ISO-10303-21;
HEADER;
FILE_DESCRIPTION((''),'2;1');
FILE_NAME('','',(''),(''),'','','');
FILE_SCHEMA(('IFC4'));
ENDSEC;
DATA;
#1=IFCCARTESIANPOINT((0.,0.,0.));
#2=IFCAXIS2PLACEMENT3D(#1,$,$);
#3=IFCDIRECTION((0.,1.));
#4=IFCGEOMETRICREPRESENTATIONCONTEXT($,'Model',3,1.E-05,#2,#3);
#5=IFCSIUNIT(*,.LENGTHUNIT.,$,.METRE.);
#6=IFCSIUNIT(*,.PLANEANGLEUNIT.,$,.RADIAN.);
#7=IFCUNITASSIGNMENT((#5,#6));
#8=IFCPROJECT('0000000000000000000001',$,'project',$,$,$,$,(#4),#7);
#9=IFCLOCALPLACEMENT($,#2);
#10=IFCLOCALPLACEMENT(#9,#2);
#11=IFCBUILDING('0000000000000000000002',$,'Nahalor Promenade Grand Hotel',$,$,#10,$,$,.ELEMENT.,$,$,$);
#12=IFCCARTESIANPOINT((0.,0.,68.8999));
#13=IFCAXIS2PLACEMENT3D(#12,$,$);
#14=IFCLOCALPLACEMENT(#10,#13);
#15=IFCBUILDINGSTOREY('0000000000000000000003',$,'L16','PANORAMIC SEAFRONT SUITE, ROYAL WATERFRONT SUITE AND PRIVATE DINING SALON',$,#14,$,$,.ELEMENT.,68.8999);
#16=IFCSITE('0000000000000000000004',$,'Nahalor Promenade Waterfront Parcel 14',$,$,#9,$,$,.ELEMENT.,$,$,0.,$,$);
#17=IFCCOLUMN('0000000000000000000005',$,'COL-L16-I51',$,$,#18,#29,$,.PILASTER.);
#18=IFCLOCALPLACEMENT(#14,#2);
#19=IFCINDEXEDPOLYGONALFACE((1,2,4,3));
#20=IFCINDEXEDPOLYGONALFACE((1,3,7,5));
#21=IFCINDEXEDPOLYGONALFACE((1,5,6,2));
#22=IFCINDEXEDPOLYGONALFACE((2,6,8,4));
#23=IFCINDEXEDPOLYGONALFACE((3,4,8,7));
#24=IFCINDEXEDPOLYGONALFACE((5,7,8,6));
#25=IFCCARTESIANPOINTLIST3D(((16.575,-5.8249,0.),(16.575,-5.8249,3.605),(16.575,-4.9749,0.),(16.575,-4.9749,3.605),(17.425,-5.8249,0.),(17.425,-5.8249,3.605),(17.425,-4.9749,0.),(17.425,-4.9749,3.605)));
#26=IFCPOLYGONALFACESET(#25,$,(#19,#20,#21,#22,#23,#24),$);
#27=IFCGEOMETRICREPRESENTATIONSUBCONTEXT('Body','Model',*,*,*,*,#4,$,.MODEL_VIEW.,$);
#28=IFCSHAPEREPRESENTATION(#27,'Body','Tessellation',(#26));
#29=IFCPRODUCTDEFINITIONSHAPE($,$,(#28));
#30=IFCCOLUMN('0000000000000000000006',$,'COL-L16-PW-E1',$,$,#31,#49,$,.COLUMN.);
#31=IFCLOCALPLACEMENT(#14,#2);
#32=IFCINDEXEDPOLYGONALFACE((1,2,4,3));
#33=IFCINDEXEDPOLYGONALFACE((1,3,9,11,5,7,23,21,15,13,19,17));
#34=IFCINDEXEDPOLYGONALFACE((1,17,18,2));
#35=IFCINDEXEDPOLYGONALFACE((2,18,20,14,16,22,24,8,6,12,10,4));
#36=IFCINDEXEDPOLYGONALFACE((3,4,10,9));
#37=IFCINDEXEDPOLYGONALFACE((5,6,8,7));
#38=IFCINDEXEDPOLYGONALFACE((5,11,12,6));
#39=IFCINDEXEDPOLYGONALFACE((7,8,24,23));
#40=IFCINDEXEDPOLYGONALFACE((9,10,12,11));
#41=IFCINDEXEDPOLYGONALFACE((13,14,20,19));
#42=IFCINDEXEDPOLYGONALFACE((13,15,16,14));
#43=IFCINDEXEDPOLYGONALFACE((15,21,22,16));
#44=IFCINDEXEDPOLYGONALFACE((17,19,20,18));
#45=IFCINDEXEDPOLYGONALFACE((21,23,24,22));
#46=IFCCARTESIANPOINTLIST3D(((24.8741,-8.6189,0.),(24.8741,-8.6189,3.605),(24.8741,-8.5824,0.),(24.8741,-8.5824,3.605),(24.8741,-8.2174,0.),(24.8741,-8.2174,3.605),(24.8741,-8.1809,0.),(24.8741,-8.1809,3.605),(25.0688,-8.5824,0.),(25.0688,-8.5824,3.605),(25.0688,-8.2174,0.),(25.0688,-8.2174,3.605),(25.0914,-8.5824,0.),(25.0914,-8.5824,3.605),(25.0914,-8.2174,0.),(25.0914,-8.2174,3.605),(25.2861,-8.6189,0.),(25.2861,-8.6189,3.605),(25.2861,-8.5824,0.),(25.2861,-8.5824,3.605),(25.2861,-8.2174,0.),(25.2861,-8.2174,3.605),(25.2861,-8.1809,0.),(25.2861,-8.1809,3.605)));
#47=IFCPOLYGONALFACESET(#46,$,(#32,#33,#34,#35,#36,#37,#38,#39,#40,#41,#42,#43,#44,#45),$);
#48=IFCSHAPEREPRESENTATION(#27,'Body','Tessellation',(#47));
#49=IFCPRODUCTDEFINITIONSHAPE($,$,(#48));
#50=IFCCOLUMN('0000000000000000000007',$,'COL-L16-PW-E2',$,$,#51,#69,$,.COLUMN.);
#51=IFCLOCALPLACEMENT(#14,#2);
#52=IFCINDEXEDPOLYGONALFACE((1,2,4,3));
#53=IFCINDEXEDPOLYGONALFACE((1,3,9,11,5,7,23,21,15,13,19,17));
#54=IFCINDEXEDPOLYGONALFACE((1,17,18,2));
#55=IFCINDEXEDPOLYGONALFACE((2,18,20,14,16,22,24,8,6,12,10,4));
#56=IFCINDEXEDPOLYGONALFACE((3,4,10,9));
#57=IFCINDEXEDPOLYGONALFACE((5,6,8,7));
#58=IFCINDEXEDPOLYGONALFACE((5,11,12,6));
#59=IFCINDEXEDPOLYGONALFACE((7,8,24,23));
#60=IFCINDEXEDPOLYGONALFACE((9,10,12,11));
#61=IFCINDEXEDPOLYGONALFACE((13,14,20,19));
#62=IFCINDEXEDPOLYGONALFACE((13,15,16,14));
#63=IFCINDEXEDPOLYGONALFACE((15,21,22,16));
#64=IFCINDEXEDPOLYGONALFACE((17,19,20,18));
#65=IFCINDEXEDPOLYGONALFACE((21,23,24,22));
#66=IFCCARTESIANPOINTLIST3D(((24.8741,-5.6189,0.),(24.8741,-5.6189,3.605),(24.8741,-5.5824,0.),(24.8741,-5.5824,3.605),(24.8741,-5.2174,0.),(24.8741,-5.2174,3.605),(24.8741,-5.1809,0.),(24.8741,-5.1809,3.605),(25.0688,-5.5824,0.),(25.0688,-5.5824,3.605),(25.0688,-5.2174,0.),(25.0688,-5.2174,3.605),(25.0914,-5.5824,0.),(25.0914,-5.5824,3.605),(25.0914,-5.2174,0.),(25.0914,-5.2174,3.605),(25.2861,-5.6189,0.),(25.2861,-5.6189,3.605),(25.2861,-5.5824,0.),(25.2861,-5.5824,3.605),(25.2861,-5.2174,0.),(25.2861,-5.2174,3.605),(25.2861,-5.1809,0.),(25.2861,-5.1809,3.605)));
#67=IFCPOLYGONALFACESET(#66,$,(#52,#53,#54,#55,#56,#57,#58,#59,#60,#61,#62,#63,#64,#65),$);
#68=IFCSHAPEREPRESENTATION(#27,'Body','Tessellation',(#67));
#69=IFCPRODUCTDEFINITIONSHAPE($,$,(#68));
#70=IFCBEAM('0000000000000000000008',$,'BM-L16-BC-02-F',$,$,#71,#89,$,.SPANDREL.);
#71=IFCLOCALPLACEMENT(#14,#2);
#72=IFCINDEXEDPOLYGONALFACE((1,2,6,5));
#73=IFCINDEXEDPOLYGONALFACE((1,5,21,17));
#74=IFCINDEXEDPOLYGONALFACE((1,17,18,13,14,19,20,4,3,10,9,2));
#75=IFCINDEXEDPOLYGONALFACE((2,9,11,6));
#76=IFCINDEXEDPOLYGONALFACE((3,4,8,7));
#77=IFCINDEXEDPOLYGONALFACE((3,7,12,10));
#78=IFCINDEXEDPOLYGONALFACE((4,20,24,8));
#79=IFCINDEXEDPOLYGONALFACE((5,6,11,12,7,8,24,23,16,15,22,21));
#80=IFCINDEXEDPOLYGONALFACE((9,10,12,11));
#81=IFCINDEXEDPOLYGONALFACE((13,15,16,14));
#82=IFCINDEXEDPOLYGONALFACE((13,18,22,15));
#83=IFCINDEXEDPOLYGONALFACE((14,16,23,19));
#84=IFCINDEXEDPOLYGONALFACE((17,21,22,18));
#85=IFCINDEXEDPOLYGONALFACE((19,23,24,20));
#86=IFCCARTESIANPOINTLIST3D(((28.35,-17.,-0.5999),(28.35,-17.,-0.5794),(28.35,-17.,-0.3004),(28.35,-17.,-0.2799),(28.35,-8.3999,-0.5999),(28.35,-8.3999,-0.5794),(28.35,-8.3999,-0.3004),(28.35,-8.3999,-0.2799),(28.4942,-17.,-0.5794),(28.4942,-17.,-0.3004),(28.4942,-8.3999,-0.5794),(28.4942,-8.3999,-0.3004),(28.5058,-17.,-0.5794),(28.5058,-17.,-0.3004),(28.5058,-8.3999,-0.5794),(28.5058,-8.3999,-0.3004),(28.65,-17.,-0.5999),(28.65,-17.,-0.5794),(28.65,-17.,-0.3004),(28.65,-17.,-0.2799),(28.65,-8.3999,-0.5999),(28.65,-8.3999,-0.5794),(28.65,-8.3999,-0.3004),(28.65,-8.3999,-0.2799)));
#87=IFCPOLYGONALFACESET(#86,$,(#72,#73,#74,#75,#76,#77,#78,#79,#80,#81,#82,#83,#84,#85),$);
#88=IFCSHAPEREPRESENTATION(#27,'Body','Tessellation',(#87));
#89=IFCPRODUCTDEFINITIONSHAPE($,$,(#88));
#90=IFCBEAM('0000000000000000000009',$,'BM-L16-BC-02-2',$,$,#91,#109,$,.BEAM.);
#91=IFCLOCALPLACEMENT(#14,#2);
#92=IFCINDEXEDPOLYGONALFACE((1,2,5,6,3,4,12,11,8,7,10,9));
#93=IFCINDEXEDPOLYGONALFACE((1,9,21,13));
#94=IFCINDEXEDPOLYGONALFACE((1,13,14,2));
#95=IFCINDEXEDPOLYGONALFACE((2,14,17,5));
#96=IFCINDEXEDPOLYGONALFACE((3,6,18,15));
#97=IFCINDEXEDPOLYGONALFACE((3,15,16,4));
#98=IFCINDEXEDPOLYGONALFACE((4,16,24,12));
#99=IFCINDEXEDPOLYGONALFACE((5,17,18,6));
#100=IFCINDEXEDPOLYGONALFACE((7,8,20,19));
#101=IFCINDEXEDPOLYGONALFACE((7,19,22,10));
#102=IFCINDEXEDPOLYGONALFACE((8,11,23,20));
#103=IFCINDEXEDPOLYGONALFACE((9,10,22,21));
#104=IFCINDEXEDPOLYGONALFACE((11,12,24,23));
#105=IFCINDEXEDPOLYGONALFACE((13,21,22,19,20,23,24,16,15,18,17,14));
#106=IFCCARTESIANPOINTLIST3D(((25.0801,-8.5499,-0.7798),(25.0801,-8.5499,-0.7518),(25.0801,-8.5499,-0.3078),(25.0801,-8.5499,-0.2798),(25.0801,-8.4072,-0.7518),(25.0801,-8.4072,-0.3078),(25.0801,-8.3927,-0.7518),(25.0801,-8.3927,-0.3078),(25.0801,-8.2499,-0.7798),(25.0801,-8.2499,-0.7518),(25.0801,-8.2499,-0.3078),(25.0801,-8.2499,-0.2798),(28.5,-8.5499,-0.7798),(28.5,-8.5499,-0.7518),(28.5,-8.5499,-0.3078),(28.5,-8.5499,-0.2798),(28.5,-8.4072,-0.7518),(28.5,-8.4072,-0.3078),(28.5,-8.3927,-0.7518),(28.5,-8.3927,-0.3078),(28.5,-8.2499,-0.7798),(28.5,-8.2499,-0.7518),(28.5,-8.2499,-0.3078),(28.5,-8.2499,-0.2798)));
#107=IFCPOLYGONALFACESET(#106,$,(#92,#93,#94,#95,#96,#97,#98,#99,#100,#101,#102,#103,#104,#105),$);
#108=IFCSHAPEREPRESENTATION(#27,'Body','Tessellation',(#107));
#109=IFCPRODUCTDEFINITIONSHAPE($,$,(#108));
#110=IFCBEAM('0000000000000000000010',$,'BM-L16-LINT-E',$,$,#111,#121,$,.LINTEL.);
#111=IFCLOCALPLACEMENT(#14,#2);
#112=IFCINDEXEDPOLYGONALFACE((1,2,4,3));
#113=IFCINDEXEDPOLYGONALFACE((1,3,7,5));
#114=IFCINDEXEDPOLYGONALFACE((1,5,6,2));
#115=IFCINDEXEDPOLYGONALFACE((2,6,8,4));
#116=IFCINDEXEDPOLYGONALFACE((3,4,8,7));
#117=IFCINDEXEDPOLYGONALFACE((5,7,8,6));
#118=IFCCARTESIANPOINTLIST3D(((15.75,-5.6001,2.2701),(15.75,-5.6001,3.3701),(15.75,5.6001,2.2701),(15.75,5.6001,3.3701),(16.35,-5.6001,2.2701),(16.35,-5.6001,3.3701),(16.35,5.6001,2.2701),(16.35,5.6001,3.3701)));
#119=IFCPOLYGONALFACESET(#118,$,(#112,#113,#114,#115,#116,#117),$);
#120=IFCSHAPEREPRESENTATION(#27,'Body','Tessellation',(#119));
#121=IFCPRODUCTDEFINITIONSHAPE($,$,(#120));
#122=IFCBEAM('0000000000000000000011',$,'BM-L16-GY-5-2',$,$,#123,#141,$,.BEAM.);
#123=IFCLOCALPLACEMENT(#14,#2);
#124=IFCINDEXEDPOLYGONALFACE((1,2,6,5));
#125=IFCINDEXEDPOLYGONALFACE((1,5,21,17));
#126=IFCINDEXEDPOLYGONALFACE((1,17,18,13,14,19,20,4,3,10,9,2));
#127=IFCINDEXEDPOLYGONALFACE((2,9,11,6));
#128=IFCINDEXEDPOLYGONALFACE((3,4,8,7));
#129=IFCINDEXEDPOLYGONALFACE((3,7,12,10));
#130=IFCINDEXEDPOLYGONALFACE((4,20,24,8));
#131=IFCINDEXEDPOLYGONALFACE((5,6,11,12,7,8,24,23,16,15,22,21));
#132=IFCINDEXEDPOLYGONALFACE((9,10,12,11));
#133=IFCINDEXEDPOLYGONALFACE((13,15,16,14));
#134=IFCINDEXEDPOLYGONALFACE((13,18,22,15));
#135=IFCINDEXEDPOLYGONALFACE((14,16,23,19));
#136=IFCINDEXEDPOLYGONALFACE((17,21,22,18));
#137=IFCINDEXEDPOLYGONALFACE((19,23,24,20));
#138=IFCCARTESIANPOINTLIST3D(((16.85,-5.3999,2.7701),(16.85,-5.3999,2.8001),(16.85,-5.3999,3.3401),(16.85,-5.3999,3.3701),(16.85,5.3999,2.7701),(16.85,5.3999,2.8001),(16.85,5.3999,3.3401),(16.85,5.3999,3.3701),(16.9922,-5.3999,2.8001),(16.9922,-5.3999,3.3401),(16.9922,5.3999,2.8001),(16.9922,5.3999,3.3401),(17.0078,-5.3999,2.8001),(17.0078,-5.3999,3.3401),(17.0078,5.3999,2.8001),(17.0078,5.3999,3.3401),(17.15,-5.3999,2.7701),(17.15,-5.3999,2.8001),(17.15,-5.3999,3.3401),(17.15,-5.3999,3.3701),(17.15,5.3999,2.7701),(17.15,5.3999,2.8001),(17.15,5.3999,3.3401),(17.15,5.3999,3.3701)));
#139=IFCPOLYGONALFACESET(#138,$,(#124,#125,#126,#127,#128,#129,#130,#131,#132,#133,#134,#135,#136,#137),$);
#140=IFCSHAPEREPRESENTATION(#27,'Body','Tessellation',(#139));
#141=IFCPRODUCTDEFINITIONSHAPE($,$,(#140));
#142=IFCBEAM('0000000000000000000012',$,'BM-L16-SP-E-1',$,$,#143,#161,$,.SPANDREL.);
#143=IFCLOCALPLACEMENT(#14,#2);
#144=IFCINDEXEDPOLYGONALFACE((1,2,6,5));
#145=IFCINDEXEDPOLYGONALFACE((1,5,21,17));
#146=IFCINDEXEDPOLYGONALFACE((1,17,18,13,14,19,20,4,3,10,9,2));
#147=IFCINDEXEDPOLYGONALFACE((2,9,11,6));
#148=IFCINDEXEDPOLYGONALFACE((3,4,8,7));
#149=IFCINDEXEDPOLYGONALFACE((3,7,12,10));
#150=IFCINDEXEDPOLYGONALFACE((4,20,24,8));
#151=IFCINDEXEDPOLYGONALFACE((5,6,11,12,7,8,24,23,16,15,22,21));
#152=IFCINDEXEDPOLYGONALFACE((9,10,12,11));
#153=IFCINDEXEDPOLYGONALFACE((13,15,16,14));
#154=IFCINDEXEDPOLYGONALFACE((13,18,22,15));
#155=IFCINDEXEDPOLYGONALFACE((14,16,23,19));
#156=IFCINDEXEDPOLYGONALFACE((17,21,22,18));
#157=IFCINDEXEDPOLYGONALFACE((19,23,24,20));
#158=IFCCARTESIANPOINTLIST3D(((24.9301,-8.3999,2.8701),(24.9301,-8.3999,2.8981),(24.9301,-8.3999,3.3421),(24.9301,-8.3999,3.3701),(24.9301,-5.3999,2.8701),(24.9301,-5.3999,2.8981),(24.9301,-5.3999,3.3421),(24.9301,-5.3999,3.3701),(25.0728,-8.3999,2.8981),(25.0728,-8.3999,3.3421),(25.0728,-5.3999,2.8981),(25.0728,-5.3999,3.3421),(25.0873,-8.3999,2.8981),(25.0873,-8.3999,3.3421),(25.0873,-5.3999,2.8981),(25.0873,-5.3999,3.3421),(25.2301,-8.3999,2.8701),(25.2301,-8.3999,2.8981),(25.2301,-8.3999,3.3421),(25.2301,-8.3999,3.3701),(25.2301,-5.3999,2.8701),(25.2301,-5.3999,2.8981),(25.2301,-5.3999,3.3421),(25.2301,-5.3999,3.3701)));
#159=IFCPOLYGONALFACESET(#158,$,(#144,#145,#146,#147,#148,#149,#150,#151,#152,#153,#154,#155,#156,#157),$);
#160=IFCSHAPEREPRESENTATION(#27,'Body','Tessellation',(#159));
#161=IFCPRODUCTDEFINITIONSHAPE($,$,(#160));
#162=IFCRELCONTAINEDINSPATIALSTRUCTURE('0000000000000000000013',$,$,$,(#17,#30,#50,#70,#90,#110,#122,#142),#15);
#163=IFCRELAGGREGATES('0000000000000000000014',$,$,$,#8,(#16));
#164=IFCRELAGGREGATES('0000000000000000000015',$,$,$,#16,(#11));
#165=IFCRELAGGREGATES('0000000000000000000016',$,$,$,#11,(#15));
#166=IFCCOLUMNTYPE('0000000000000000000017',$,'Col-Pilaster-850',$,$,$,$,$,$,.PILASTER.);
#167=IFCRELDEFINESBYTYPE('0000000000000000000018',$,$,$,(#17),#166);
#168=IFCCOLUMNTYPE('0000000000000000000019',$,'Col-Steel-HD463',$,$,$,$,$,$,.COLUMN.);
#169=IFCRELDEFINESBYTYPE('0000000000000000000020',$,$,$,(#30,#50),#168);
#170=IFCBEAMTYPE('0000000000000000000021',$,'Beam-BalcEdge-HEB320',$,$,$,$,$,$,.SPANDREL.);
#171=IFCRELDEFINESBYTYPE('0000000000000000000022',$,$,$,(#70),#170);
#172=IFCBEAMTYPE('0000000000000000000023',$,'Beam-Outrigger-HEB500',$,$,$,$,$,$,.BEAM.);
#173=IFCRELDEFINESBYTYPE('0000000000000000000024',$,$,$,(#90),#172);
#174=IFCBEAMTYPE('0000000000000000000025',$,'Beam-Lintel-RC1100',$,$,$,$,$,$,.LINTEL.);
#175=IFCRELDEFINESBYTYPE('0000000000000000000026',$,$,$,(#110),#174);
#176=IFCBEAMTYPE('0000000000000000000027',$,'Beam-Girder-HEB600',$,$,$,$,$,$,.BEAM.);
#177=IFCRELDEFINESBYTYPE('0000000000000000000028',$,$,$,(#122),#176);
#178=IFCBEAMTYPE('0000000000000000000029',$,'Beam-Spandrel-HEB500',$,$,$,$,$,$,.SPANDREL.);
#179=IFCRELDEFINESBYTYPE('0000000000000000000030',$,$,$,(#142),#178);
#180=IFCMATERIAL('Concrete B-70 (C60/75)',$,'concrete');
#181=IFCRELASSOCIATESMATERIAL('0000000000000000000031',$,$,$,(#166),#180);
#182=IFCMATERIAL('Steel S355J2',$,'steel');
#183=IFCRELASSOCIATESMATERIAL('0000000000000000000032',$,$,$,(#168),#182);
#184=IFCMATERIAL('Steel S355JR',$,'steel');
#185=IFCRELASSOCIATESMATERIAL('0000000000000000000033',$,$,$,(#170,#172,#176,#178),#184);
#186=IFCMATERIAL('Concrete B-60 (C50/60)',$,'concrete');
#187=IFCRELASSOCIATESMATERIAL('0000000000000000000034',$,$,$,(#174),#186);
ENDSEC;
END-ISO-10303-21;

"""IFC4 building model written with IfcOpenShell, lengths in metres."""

from ifc_helpers import new_model, si_unit, direction, frame, origin, origin_2d, place, context, subcontext, project, spatial, rectangle, i_section, extrude, source, transform, mapped, material, material_profile, profile_set, type_object, element, save


model = new_model("IFC4")

# Units and contexts
model_context = context("Model", 3, precision=1e-05, world=origin(), true_north=direction((0.0, 1.0)))
body_context = subcontext(model_context, "Body", "Model", "MODEL_VIEW")
ifc_project = project(units=[si_unit("LENGTHUNIT", "METRE"), si_unit("PLANEANGLEUNIT", "RADIAN")], contexts=[model_context])

# Site, building, storey
site_placement = place(None, origin())
site = spatial("IfcSite", under=ifc_project, at=site_placement, Name="Nahalor Promenade Waterfront Parcel 14", CompositionType="ELEMENT", RefElevation=0.0)
building_placement = place(site_placement, origin())
building = spatial("IfcBuilding", under=site, at=building_placement, Name="Nahalor Promenade Grand Hotel", CompositionType="ELEMENT")
storey_placement = place(building_placement, frame((0.0, 0.0, 68.8999)))
storey = spatial("IfcBuildingStorey", under=building, at=storey_placement, Name="L16", Description="PANORAMIC SEAFRONT SUITE, ROYAL WATERFRONT SUITE AND PRIVATE DINING SALON", CompositionType="ELEMENT", Elevation=68.8999)

# Columns
ifc_material_1 = material(Name="Concrete B-70 (C60/75)", Category="concrete")
ifc_material_profile_1 = material_profile(ifc_material_1, rectangle(XDim=0.85, YDim=0.85, at=origin_2d()), Name="RC 850x850")
ifc_profile_set_1 = profile_set([ifc_material_profile_1], Name="Concrete B-70 (C60/75)")
column_type_1 = type_object("IfcColumnType", Name="Col-Pilaster-850", PredefinedType="PILASTER", material=ifc_profile_set_1)
shared_shape_1 = source(origin(), body_context, "Body", "SweptSolid", [
    extrude(rectangle(XDim=0.85, YDim=0.85, at=origin_2d()), origin(), (0.0, 0.0, 1.0), 3.605),
])
column_placement = place(storey_placement, frame((17.0, -5.3999, 0.0), z_axis=(0.0, 0.0, 1.0), x_axis=(1.0, 0.0, 0.0)))
element("IfcColumn", 1, at=column_placement, inside=storey, type_object=column_type_1, Name="COL-L16-I51", PredefinedType="PILASTER", context=body_context, shape_type="MappedRepresentation", body=[
    mapped(shared_shape_1, transform((0.0, 0.0, 0.0), scale=1.0)),
])
ifc_material_2 = material(Name="Steel S355J2", Category="steel")
ifc_material_profile_2 = material_profile(ifc_material_2, i_section(OverallWidth=0.412, OverallDepth=0.438, WebThickness=0.0226, FlangeThickness=0.0365, at=origin_2d()), Name="HD 400x463")
ifc_profile_set_2 = profile_set([ifc_material_profile_2], Name="Steel S355J2")
column_type_2 = type_object("IfcColumnType", Name="Col-Steel-HD463", PredefinedType="COLUMN", material=ifc_profile_set_2)
shared_shape_2 = source(origin(), body_context, "Body", "SweptSolid", [
    extrude(i_section(OverallWidth=0.412, OverallDepth=0.438, WebThickness=0.0226, FlangeThickness=0.0365, at=origin_2d()), origin(), (0.0, 0.0, 1.0), 3.605),
])
for number, where, z_axis, x_axis, name in (
    (2, (25.0801, -8.3999, 0.0), (0.0, 0.0, 1.0), (1.0, 0.0, 0.0), "COL-L16-PW-E1"),
    (3, (25.0801, -5.3999, 0.0), (0.0, 0.0, 1.0), (1.0, 0.0, 0.0), "COL-L16-PW-E2"),
):
    element("IfcColumn", number, at=place(storey_placement, frame(where, z_axis=z_axis, x_axis=x_axis)), inside=storey, type_object=column_type_2, Name=name, PredefinedType="COLUMN", context=body_context, shape_type="MappedRepresentation", body=[
        mapped(shared_shape_2, transform((0.0, 0.0, 0.0), scale=1.0)),
    ])

# Beams
ifc_material_3 = material(Name="Steel S355JR", Category="steel")
ifc_material_profile_3 = material_profile(ifc_material_3, i_section(OverallWidth=0.3, OverallDepth=0.32, WebThickness=0.0115, FlangeThickness=0.0205, at=origin_2d()), Name="HEB 320")
ifc_profile_set_3 = profile_set([ifc_material_profile_3], Name="Steel S355JR")
beam_type_1 = type_object("IfcBeamType", Name="Beam-BalcEdge-HEB320", PredefinedType="SPANDREL", material=ifc_profile_set_3)
shared_shape_3 = source(origin(), body_context, "Body", "SweptSolid", [
    extrude(i_section(OverallWidth=0.3, OverallDepth=0.32, WebThickness=0.0115, FlangeThickness=0.0205, at=origin_2d()), origin(), (0.0, 0.0, 1.0), 8.6001),
])
beam_1_placement = place(storey_placement, frame((28.5, -17.0, -0.4399), z_axis=(0.0, 1.0, 0.0), x_axis=(-1.0, 0.0, 0.0)))
element("IfcBeam", 4, at=beam_1_placement, inside=storey, type_object=beam_type_1, Name="BM-L16-BC-02-F", PredefinedType="SPANDREL", context=body_context, shape_type="MappedRepresentation", body=[
    mapped(shared_shape_3, transform((0.0, 0.0, 0.0), scale=1.0)),
])
ifc_material_profile_4 = material_profile(ifc_material_3, i_section(OverallWidth=0.3, OverallDepth=0.5, WebThickness=0.0145, FlangeThickness=0.028, at=origin_2d()), Name="HEB 500")
ifc_profile_set_4 = profile_set([ifc_material_profile_4], Name="Steel S355JR")
beam_type_2 = type_object("IfcBeamType", Name="Beam-Outrigger-HEB500", PredefinedType="BEAM", material=ifc_profile_set_4)
shared_shape_4 = source(origin(), body_context, "Body", "SweptSolid", [
    extrude(i_section(OverallWidth=0.3, OverallDepth=0.5, WebThickness=0.0145, FlangeThickness=0.028, at=origin_2d()), origin(), (0.0, 0.0, 1.0), 3.4199),
])
beam_2_placement = place(storey_placement, frame((25.0801, -8.3999, -0.5298), z_axis=(1.0, 0.0, 0.0), x_axis=(0.0, 1.0, 0.0)))
element("IfcBeam", 5, at=beam_2_placement, inside=storey, type_object=beam_type_2, Name="BM-L16-BC-02-2", PredefinedType="BEAM", context=body_context, shape_type="MappedRepresentation", body=[
    mapped(shared_shape_4, transform((0.0, 0.0, 0.0), scale=1.0)),
])
ifc_material_4 = material(Name="Concrete B-60 (C50/60)", Category="concrete")
ifc_material_profile_5 = material_profile(ifc_material_4, rectangle(XDim=0.6, YDim=1.1, at=origin_2d()), Name="RC 600x1100")
ifc_profile_set_5 = profile_set([ifc_material_profile_5], Name="Concrete B-60 (C50/60)")
beam_type_3 = type_object("IfcBeamType", Name="Beam-Lintel-RC1100", PredefinedType="LINTEL", material=ifc_profile_set_5)
shared_shape_5 = source(origin(), body_context, "Body", "SweptSolid", [
    extrude(rectangle(XDim=0.6, YDim=1.1, at=origin_2d()), origin(), (0.0, 0.0, 1.0), 11.2002),
])
beam_3_placement = place(storey_placement, frame((16.05, -5.6001, 2.8201), z_axis=(0.0, 1.0, 0.0), x_axis=(-1.0, 0.0, 0.0)))
element("IfcBeam", 6, at=beam_3_placement, inside=storey, type_object=beam_type_3, Name="BM-L16-LINT-E", PredefinedType="LINTEL", context=body_context, shape_type="MappedRepresentation", body=[
    mapped(shared_shape_5, transform((0.0, 0.0, 0.0), scale=1.0)),
])
ifc_material_profile_6 = material_profile(ifc_material_3, i_section(OverallWidth=0.3, OverallDepth=0.6, WebThickness=0.0155, FlangeThickness=0.03, at=origin_2d()), Name="HEB 600")
ifc_profile_set_6 = profile_set([ifc_material_profile_6], Name="Steel S355JR")
beam_type_4 = type_object("IfcBeamType", Name="Beam-Girder-HEB600", PredefinedType="BEAM", material=ifc_profile_set_6)
shared_shape_6 = source(origin(), body_context, "Body", "SweptSolid", [
    extrude(i_section(OverallWidth=0.3, OverallDepth=0.6, WebThickness=0.0155, FlangeThickness=0.03, at=origin_2d()), origin(), (0.0, 0.0, 1.0), 10.7998),
])
beam_4_placement = place(storey_placement, frame((17.0, -5.3999, 3.0701), z_axis=(0.0, 1.0, 0.0), x_axis=(-1.0, 0.0, 0.0)))
element("IfcBeam", 7, at=beam_4_placement, inside=storey, type_object=beam_type_4, Name="BM-L16-GY-5-2", PredefinedType="BEAM", context=body_context, shape_type="MappedRepresentation", body=[
    mapped(shared_shape_6, transform((0.0, 0.0, 0.0), scale=1.0)),
])
ifc_material_profile_7 = material_profile(ifc_material_3, i_section(OverallWidth=0.3, OverallDepth=0.5, WebThickness=0.0145, FlangeThickness=0.028, at=origin_2d()), Name="HEB 500")
ifc_profile_set_7 = profile_set([ifc_material_profile_7], Name="Steel S355JR")
beam_type_5 = type_object("IfcBeamType", Name="Beam-Spandrel-HEB500", PredefinedType="SPANDREL", material=ifc_profile_set_7)
shared_shape_7 = source(origin(), body_context, "Body", "SweptSolid", [
    extrude(i_section(OverallWidth=0.3, OverallDepth=0.5, WebThickness=0.0145, FlangeThickness=0.028, at=origin_2d()), origin(), (0.0, 0.0, 1.0), 3.0),
])
beam_5_placement = place(storey_placement, frame((25.0801, -8.3999, 3.1201), z_axis=(0.0, 1.0, 0.0), x_axis=(-1.0, 0.0, 0.0)))
element("IfcBeam", 8, at=beam_5_placement, inside=storey, type_object=beam_type_5, Name="BM-L16-SP-E-1", PredefinedType="SPANDREL", context=body_context, shape_type="MappedRepresentation", body=[
    mapped(shared_shape_7, transform((0.0, 0.0, 0.0), scale=1.0)),
])

save(model, "model.ifc")
